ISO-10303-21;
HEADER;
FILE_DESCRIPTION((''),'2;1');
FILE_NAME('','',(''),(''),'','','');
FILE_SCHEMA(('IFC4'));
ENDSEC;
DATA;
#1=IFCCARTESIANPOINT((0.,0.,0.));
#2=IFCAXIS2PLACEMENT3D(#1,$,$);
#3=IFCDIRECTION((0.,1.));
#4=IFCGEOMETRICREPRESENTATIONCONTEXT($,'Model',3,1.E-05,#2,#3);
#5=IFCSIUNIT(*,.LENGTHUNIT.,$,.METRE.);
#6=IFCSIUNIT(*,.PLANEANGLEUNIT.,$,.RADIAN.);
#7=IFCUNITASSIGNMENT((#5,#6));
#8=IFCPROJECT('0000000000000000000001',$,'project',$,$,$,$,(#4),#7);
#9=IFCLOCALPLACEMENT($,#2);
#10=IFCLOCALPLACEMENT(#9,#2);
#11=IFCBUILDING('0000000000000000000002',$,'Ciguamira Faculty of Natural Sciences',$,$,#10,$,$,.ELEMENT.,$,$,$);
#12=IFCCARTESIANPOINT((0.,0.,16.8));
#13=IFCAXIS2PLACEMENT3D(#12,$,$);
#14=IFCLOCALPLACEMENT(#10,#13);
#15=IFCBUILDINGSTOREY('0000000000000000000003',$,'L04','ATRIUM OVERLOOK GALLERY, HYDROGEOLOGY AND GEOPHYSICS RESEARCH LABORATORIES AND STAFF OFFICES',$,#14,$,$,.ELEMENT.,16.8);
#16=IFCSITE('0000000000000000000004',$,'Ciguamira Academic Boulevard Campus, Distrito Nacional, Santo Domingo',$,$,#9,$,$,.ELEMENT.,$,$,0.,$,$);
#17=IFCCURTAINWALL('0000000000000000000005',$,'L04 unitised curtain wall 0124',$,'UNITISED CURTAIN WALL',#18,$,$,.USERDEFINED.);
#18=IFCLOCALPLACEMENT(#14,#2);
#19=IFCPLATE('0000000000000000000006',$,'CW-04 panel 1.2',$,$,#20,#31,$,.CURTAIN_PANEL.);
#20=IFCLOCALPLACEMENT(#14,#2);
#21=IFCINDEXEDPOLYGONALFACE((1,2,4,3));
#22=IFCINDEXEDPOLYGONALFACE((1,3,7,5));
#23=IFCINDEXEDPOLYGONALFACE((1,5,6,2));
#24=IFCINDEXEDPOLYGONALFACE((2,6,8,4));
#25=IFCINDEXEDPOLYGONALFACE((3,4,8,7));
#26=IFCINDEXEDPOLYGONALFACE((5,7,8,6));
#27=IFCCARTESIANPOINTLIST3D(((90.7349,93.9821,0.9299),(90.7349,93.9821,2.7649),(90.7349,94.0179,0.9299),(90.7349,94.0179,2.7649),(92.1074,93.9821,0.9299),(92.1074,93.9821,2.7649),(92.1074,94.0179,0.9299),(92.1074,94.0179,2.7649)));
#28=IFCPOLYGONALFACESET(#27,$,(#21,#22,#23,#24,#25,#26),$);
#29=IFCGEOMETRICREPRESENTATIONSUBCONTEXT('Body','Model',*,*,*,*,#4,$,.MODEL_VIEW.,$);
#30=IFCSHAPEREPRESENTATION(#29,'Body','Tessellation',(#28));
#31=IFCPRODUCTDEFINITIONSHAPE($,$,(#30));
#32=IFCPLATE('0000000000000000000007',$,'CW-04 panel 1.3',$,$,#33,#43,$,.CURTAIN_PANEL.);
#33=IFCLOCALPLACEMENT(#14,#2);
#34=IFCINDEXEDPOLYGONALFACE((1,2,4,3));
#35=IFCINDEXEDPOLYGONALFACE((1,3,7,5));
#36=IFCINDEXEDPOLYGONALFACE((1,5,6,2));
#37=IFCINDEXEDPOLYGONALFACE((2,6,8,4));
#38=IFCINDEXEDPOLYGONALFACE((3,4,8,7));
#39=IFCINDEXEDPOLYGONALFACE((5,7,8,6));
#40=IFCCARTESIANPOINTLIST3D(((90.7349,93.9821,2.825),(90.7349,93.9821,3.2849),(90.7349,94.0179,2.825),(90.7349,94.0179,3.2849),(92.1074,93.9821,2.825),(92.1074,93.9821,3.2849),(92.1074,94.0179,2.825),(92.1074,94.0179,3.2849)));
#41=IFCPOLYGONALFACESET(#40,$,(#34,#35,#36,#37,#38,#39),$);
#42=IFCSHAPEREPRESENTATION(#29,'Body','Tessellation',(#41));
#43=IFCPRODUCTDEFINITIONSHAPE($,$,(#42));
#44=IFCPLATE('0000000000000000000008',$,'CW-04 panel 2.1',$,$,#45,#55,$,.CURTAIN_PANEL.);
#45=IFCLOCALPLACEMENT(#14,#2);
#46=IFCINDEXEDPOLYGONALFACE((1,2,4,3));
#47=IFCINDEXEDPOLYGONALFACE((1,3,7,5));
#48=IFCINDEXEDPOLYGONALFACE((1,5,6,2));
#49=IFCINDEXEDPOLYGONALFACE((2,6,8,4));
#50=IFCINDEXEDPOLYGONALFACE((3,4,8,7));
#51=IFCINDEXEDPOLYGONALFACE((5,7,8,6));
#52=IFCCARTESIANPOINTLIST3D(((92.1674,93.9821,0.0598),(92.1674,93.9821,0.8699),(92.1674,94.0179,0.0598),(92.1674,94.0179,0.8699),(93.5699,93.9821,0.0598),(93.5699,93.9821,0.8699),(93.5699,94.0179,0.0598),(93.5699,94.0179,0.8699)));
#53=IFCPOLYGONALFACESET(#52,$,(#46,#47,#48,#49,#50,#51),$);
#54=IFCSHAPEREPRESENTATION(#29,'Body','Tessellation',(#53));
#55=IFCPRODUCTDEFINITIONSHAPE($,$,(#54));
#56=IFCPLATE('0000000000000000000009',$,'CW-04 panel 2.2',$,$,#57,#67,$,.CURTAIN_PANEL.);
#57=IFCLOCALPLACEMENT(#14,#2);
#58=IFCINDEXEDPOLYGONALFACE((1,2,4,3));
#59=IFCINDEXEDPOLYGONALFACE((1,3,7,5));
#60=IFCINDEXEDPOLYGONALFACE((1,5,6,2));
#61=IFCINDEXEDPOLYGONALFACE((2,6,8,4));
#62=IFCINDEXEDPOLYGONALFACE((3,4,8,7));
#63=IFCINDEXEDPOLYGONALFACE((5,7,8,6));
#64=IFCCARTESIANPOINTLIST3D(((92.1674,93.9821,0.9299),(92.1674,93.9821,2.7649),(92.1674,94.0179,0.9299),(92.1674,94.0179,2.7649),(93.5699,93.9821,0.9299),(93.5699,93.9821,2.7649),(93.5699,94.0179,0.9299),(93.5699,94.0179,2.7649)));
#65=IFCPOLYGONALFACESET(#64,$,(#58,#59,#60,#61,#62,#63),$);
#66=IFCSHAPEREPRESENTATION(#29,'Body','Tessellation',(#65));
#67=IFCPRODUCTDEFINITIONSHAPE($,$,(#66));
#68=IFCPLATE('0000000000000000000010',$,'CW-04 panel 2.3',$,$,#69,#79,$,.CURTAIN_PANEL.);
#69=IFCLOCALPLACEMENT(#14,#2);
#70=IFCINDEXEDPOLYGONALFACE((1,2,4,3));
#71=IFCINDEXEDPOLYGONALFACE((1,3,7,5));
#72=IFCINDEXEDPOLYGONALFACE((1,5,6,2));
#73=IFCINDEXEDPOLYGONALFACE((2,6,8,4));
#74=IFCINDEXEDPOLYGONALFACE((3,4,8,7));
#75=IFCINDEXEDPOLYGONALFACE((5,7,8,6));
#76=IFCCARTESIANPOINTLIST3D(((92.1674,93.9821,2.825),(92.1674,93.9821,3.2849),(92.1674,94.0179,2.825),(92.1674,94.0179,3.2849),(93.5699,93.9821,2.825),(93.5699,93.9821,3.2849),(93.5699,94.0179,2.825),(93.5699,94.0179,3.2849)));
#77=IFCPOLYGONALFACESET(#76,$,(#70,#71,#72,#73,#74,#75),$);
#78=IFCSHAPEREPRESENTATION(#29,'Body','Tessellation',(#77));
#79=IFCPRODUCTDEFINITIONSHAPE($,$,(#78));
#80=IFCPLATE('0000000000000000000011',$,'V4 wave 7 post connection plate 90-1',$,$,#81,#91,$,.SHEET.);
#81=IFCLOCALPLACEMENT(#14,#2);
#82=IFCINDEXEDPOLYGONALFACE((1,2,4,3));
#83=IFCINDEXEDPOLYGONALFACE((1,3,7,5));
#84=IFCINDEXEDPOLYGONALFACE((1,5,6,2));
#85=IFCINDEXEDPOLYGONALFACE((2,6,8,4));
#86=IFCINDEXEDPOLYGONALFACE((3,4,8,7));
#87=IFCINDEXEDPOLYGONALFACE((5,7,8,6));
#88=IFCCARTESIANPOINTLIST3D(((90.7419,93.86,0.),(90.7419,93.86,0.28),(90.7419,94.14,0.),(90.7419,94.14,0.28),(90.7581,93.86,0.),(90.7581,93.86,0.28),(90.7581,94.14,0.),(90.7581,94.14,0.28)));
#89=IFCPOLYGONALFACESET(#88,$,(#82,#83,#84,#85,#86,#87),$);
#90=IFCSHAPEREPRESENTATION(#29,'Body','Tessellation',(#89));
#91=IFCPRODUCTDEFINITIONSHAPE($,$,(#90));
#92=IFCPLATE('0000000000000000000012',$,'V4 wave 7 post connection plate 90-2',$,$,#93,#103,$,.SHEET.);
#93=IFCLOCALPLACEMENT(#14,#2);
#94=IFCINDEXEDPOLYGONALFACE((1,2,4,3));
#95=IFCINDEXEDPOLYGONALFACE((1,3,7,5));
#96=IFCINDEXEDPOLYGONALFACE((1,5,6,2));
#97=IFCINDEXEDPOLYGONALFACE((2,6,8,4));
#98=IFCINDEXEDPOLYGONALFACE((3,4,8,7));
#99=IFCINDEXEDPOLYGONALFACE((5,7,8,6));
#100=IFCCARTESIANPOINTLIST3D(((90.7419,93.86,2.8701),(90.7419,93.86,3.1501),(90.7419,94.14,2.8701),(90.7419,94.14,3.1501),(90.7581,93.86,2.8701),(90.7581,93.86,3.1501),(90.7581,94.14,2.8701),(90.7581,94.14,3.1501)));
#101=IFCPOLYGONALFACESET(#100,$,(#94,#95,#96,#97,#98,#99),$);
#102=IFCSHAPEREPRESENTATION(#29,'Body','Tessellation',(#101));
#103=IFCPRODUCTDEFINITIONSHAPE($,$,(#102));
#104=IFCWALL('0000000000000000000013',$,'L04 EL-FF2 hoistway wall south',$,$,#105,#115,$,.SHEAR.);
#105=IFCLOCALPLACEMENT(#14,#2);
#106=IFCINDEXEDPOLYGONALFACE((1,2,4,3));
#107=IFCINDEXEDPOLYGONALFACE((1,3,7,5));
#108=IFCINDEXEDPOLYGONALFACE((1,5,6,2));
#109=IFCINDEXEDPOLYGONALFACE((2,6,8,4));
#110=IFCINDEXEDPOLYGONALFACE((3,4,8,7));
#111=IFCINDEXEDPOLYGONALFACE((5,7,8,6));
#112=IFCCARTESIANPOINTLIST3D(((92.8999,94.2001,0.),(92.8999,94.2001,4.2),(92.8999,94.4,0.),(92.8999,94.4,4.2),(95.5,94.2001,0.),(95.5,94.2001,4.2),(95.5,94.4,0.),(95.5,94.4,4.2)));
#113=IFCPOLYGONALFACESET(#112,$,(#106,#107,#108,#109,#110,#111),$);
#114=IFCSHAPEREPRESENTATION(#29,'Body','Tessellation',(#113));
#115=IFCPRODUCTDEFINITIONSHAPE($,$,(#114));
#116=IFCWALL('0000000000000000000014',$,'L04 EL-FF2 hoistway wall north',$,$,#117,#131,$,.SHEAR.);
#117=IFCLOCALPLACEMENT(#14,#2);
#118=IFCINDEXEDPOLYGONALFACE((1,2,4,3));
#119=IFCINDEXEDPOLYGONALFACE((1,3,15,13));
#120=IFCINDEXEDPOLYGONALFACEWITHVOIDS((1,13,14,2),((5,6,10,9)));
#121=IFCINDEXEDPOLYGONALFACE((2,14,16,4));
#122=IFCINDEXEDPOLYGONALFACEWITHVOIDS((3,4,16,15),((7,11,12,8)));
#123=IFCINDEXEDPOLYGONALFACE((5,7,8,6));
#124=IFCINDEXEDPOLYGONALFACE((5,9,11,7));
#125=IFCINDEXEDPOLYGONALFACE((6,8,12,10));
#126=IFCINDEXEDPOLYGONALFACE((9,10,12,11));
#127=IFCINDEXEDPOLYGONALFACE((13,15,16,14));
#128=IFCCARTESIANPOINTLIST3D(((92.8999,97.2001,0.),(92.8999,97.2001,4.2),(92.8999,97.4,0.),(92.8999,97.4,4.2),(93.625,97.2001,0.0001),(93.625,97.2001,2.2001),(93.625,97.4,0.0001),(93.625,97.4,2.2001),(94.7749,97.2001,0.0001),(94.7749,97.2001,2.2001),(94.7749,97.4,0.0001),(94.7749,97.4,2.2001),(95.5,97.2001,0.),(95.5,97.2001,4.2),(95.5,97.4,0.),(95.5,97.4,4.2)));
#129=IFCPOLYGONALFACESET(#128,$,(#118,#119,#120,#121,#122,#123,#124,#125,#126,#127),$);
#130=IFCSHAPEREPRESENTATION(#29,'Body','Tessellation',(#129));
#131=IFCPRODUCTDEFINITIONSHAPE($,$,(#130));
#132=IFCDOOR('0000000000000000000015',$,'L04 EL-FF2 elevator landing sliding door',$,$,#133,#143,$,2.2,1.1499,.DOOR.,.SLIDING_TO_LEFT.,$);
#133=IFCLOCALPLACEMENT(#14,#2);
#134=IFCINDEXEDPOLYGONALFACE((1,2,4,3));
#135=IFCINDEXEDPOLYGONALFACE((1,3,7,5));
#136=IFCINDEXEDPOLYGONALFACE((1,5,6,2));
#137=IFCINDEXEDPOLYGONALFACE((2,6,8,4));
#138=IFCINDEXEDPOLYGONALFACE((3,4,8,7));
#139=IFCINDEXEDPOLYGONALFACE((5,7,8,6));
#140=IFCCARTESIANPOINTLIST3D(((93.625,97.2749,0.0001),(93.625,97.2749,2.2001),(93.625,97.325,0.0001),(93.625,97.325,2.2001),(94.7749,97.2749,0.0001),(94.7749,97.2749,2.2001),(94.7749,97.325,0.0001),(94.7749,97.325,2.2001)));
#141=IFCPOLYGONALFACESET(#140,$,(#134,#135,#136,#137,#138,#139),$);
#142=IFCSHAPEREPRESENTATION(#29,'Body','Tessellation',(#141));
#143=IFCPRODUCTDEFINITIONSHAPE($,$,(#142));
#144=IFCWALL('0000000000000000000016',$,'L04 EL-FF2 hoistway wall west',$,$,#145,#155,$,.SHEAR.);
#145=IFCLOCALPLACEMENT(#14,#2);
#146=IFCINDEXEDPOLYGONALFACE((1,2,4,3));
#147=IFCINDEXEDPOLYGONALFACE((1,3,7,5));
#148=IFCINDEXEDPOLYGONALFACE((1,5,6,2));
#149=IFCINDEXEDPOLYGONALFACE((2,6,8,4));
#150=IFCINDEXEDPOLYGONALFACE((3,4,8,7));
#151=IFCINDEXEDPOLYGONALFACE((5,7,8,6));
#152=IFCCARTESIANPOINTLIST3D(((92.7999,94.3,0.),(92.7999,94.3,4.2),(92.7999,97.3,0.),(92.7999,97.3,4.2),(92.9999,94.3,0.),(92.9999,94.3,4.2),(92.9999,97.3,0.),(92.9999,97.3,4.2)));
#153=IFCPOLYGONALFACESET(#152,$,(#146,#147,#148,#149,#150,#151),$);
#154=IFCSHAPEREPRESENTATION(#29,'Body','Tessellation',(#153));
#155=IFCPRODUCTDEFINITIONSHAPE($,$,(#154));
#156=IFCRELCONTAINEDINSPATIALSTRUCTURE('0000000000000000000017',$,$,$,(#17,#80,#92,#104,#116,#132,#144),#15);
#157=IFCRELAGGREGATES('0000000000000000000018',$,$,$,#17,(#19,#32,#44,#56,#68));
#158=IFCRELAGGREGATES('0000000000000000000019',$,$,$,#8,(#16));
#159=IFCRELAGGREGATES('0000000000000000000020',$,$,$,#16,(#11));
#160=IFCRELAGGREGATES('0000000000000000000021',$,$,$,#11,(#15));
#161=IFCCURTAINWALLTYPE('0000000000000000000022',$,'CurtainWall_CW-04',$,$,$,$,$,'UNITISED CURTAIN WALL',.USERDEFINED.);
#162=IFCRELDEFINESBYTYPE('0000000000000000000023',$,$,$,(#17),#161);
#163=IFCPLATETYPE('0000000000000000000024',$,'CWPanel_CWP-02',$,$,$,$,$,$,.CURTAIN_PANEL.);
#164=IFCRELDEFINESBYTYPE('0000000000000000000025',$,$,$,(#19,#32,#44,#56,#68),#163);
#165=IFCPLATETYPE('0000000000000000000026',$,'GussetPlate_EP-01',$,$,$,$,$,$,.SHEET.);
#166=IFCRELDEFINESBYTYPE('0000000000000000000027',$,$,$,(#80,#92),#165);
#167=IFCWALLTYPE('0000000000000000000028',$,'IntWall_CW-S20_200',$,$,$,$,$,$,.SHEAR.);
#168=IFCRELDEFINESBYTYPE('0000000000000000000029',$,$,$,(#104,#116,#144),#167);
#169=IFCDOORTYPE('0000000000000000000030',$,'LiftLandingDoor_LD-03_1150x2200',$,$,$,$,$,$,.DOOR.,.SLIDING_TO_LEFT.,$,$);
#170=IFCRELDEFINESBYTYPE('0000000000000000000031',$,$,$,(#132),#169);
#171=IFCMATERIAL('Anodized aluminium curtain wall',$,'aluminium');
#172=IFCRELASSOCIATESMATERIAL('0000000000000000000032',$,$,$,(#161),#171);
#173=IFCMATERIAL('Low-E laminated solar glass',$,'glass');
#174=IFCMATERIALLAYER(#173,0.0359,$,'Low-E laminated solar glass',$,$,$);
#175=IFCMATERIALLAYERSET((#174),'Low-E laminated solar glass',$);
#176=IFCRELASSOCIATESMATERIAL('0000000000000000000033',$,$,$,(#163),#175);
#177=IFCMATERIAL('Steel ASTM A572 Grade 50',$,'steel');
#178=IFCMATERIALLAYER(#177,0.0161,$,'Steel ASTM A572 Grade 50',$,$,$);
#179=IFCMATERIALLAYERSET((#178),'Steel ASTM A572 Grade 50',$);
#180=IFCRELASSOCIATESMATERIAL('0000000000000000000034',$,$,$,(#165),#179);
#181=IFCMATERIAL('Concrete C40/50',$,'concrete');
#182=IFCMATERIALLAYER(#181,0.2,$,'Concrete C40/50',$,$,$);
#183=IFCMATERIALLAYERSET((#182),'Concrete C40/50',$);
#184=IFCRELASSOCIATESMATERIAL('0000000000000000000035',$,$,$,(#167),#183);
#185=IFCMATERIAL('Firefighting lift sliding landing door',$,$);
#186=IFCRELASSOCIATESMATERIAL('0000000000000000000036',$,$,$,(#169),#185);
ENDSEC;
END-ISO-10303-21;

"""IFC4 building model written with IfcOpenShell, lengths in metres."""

from ifc_helpers import new_model, si_unit, direction, frame, frame_2d, origin, origin_2d, place, context, subcontext, project, spatial, rectangle, extrude, material, layer, layer_set, type_object, element, fill, aggregate, save


model = new_model("IFC4")

# Units and contexts
model_context = context("Model", 3, precision=1e-05, world=origin(), true_north=direction((0.0, 1.0)))
body_context = subcontext(model_context, "Body", "Model", "MODEL_VIEW")
ifc_project = project(units=[si_unit("LENGTHUNIT", "METRE"), si_unit("PLANEANGLEUNIT", "RADIAN")], contexts=[model_context])

# Site, building, storey
site_placement = place(None, origin())
site = spatial("IfcSite", under=ifc_project, at=site_placement, Name="Ciguamira Academic Boulevard Campus, Distrito Nacional, Santo Domingo", CompositionType="ELEMENT", RefElevation=0.0)
building_placement = place(site_placement, origin())
building = spatial("IfcBuilding", under=site, at=building_placement, Name="Ciguamira Faculty of Natural Sciences", CompositionType="ELEMENT")
storey_placement = place(building_placement, frame((0.0, 0.0, 16.8)))
storey = spatial("IfcBuildingStorey", under=building, at=storey_placement, Name="L04", Description="ATRIUM OVERLOOK GALLERY, HYDROGEOLOGY AND GEOPHYSICS RESEARCH LABORATORIES AND STAFF OFFICES", CompositionType="ELEMENT", Elevation=16.8)

# Curtain wall
ifc_material_1 = material(Name="Anodized aluminium curtain wall", Category="aluminium")
curtain_wall_type = type_object("IfcCurtainWallType", Name="CurtainWall_CW-04", ElementType="UNITISED CURTAIN WALL", PredefinedType="USERDEFINED", material=ifc_material_1)
curtain_wall_placement = place(storey_placement, origin())
curtain_wall = element("IfcCurtainWall", 1, at=curtain_wall_placement, inside=storey, type_object=curtain_wall_type, Name="L04 unitised curtain wall 0124", ObjectType="UNITISED CURTAIN WALL", PredefinedType="USERDEFINED")

# Plates
ifc_material_2 = material(Name="Low-E laminated solar glass", Category="glass")
ifc_layer_1 = layer(ifc_material_2, 0.0359, Name="Low-E laminated solar glass")
ifc_layer_set_1 = layer_set([ifc_layer_1], Name="Low-E laminated solar glass")
plate_type_1 = type_object("IfcPlateType", Name="CWPanel_CWP-02", PredefinedType="CURTAIN_PANEL", material=ifc_layer_set_1)
plate_1_placement = place(storey_placement, frame((91.4211, 94.0, 0.9299), z_axis=(0.0, 0.0, 1.0), x_axis=(1.0, 0.0, 0.0)))
plate_1 = element("IfcPlate", 2, at=plate_1_placement, type_object=plate_type_1, Name="CW-04 panel 1.2", PredefinedType="CURTAIN_PANEL", context=body_context, shape_type="SweptSolid", body=[
    extrude(rectangle(XDim=1.3726, YDim=0.0359, at=origin_2d()), origin(), (0.0, 0.0, 1.0), 1.835),
])
plate_2_placement = place(storey_placement, frame((91.4211, 94.0, 2.825), z_axis=(0.0, 0.0, 1.0), x_axis=(1.0, 0.0, 0.0)))
plate_2 = element("IfcPlate", 3, at=plate_2_placement, type_object=plate_type_1, Name="CW-04 panel 1.3", PredefinedType="CURTAIN_PANEL", context=body_context, shape_type="SweptSolid", body=[
    extrude(rectangle(XDim=1.3726, YDim=0.0359, at=origin_2d()), origin(), (0.0, 0.0, 1.0), 0.46),
])
plate_3_placement = place(storey_placement, frame((92.8687, 94.0, 0.0598), z_axis=(0.0, 0.0, 1.0), x_axis=(1.0, 0.0, 0.0)))
plate_3 = element("IfcPlate", 4, at=plate_3_placement, type_object=plate_type_1, Name="CW-04 panel 2.1", PredefinedType="CURTAIN_PANEL", context=body_context, shape_type="SweptSolid", body=[
    extrude(rectangle(XDim=1.4026, YDim=0.0359, at=origin_2d()), origin(), (0.0, 0.0, 1.0), 0.8101),
])
plate_4_placement = place(storey_placement, frame((92.8687, 94.0, 0.9299), z_axis=(0.0, 0.0, 1.0), x_axis=(1.0, 0.0, 0.0)))
plate_4 = element("IfcPlate", 5, at=plate_4_placement, type_object=plate_type_1, Name="CW-04 panel 2.2", PredefinedType="CURTAIN_PANEL", context=body_context, shape_type="SweptSolid", body=[
    extrude(rectangle(XDim=1.4026, YDim=0.0359, at=origin_2d()), origin(), (0.0, 0.0, 1.0), 1.835),
])
plate_5_placement = place(storey_placement, frame((92.8687, 94.0, 2.825), z_axis=(0.0, 0.0, 1.0), x_axis=(1.0, 0.0, 0.0)))
plate_5 = element("IfcPlate", 6, at=plate_5_placement, type_object=plate_type_1, Name="CW-04 panel 2.3", PredefinedType="CURTAIN_PANEL", context=body_context, shape_type="SweptSolid", body=[
    extrude(rectangle(XDim=1.4026, YDim=0.0359, at=origin_2d()), origin(), (0.0, 0.0, 1.0), 0.46),
])
aggregate(curtain_wall, [plate_1, plate_2, plate_3, plate_4, plate_5])

# Plates
ifc_material_3 = material(Name="Steel ASTM A572 Grade 50", Category="steel")
ifc_layer_2 = layer(ifc_material_3, 0.0161, Name="Steel ASTM A572 Grade 50")
ifc_layer_set_2 = layer_set([ifc_layer_2], Name="Steel ASTM A572 Grade 50")
plate_type_2 = type_object("IfcPlateType", Name="GussetPlate_EP-01", PredefinedType="SHEET", material=ifc_layer_set_2)
for number, where, z_axis, x_axis, name in (
    (7, (90.75, 94.0, 0.0), (0.0, 0.0, 1.0), (1.0, 0.0, 0.0), "V4 wave 7 post connection plate 90-1"),
    (8, (90.75, 94.0, 2.8701), (0.0, 0.0, 1.0), (1.0, 0.0, 0.0), "V4 wave 7 post connection plate 90-2"),
):
    element("IfcPlate", number, at=place(storey_placement, frame(where, z_axis=z_axis, x_axis=x_axis)), inside=storey, type_object=plate_type_2, Name=name, PredefinedType="SHEET", context=body_context, shape_type="SweptSolid", body=[
        extrude(rectangle(XDim=0.0161, YDim=0.28, at=origin_2d()), origin(), (0.0, 0.0, 1.0), 0.28),
    ])

# Wall
ifc_material_4 = material(Name="Concrete C40/50", Category="concrete")
ifc_layer_3 = layer(ifc_material_4, 0.2, Name="Concrete C40/50")
ifc_layer_set_3 = layer_set([ifc_layer_3], Name="Concrete C40/50")
wall_type = type_object("IfcWallType", Name="IntWall_CW-S20_200", PredefinedType="SHEAR", material=ifc_layer_set_3)
wall_1_placement = place(storey_placement, frame((92.8999, 94.3, 0.0), z_axis=(0.0, 0.0, 1.0), x_axis=(1.0, 0.0, 0.0)))
element("IfcWall", 9, at=wall_1_placement, inside=storey, type_object=wall_type, Name="L04 EL-FF2 hoistway wall south", PredefinedType="SHEAR", context=body_context, shape_type="SweptSolid", body=[
    extrude(rectangle(XDim=2.6001, YDim=0.2, at=frame_2d((1.3, 0.0))), origin(), (0.0, 0.0, 1.0), 4.2),
])

# Wall, opening, door
wall_2_placement = place(storey_placement, frame((92.8999, 97.3, 0.0), z_axis=(0.0, 0.0, 1.0), x_axis=(1.0, 0.0, 0.0)))
wall_2 = element("IfcWall", 10, at=wall_2_placement, inside=storey, type_object=wall_type, Name="L04 EL-FF2 hoistway wall north", PredefinedType="SHEAR", context=body_context, shape_type="SweptSolid", body=[
    extrude(rectangle(XDim=2.6001, YDim=0.2, at=frame_2d((1.3, 0.0))), origin(), (0.0, 0.0, 1.0), 4.2),
])
opening_placement = place(wall_2_placement, frame((0.7251, 0.0, 0.0)))
opening = element("IfcOpeningElement", 11, at=opening_placement, cuts=wall_2, PredefinedType="OPENING", context=body_context, shape_type="SweptSolid", body=[
    extrude(rectangle(XDim=1.1499, YDim=2.2, at=frame_2d((0.575, 1.1001))), frame((0.0, 0.1099, 0.0), z_axis=(0.0, -1.0, 0.0), x_axis=(1.0, 0.0, 0.0)), (0.0, 0.0, 1.0), 0.22),
])
ifc_material_5 = material(Name="Firefighting lift sliding landing door")
door_type = type_object("IfcDoorType", Name="LiftLandingDoor_LD-03_1150x2200", OperationType="SLIDING_TO_LEFT", PredefinedType="DOOR", material=ifc_material_5)
door_placement = place(opening_placement, origin())
door = element("IfcDoor", 12, at=door_placement, inside=storey, type_object=door_type, Name="L04 EL-FF2 elevator landing sliding door", OperationType="SLIDING_TO_LEFT", OverallHeight=2.2, OverallWidth=1.1499, PredefinedType="DOOR", context=body_context, shape_type="SweptSolid", body=[
    extrude(rectangle(XDim=1.1499, YDim=2.2, at=frame_2d((0.575, 1.1001))), frame((0.0, 0.0249, 0.0), z_axis=(0.0, -1.0, 0.0), x_axis=(1.0, 0.0, 0.0)), (0.0, 0.0, 1.0), 0.05),
])
fill(opening, door)

# Wall
wall_3_placement = place(storey_placement, frame((92.8999, 94.3, 0.0), z_axis=(0.0, 0.0, 1.0), x_axis=(0.0, 1.0, 0.0)))
element("IfcWall", 13, at=wall_3_placement, inside=storey, type_object=wall_type, Name="L04 EL-FF2 hoistway wall west", PredefinedType="SHEAR", context=body_context, shape_type="SweptSolid", body=[
    extrude(rectangle(XDim=3.0, YDim=0.2, at=frame_2d((1.5, 0.0))), origin(), (0.0, 0.0, 1.0), 4.2),
])

save(model, "model.ifc")
